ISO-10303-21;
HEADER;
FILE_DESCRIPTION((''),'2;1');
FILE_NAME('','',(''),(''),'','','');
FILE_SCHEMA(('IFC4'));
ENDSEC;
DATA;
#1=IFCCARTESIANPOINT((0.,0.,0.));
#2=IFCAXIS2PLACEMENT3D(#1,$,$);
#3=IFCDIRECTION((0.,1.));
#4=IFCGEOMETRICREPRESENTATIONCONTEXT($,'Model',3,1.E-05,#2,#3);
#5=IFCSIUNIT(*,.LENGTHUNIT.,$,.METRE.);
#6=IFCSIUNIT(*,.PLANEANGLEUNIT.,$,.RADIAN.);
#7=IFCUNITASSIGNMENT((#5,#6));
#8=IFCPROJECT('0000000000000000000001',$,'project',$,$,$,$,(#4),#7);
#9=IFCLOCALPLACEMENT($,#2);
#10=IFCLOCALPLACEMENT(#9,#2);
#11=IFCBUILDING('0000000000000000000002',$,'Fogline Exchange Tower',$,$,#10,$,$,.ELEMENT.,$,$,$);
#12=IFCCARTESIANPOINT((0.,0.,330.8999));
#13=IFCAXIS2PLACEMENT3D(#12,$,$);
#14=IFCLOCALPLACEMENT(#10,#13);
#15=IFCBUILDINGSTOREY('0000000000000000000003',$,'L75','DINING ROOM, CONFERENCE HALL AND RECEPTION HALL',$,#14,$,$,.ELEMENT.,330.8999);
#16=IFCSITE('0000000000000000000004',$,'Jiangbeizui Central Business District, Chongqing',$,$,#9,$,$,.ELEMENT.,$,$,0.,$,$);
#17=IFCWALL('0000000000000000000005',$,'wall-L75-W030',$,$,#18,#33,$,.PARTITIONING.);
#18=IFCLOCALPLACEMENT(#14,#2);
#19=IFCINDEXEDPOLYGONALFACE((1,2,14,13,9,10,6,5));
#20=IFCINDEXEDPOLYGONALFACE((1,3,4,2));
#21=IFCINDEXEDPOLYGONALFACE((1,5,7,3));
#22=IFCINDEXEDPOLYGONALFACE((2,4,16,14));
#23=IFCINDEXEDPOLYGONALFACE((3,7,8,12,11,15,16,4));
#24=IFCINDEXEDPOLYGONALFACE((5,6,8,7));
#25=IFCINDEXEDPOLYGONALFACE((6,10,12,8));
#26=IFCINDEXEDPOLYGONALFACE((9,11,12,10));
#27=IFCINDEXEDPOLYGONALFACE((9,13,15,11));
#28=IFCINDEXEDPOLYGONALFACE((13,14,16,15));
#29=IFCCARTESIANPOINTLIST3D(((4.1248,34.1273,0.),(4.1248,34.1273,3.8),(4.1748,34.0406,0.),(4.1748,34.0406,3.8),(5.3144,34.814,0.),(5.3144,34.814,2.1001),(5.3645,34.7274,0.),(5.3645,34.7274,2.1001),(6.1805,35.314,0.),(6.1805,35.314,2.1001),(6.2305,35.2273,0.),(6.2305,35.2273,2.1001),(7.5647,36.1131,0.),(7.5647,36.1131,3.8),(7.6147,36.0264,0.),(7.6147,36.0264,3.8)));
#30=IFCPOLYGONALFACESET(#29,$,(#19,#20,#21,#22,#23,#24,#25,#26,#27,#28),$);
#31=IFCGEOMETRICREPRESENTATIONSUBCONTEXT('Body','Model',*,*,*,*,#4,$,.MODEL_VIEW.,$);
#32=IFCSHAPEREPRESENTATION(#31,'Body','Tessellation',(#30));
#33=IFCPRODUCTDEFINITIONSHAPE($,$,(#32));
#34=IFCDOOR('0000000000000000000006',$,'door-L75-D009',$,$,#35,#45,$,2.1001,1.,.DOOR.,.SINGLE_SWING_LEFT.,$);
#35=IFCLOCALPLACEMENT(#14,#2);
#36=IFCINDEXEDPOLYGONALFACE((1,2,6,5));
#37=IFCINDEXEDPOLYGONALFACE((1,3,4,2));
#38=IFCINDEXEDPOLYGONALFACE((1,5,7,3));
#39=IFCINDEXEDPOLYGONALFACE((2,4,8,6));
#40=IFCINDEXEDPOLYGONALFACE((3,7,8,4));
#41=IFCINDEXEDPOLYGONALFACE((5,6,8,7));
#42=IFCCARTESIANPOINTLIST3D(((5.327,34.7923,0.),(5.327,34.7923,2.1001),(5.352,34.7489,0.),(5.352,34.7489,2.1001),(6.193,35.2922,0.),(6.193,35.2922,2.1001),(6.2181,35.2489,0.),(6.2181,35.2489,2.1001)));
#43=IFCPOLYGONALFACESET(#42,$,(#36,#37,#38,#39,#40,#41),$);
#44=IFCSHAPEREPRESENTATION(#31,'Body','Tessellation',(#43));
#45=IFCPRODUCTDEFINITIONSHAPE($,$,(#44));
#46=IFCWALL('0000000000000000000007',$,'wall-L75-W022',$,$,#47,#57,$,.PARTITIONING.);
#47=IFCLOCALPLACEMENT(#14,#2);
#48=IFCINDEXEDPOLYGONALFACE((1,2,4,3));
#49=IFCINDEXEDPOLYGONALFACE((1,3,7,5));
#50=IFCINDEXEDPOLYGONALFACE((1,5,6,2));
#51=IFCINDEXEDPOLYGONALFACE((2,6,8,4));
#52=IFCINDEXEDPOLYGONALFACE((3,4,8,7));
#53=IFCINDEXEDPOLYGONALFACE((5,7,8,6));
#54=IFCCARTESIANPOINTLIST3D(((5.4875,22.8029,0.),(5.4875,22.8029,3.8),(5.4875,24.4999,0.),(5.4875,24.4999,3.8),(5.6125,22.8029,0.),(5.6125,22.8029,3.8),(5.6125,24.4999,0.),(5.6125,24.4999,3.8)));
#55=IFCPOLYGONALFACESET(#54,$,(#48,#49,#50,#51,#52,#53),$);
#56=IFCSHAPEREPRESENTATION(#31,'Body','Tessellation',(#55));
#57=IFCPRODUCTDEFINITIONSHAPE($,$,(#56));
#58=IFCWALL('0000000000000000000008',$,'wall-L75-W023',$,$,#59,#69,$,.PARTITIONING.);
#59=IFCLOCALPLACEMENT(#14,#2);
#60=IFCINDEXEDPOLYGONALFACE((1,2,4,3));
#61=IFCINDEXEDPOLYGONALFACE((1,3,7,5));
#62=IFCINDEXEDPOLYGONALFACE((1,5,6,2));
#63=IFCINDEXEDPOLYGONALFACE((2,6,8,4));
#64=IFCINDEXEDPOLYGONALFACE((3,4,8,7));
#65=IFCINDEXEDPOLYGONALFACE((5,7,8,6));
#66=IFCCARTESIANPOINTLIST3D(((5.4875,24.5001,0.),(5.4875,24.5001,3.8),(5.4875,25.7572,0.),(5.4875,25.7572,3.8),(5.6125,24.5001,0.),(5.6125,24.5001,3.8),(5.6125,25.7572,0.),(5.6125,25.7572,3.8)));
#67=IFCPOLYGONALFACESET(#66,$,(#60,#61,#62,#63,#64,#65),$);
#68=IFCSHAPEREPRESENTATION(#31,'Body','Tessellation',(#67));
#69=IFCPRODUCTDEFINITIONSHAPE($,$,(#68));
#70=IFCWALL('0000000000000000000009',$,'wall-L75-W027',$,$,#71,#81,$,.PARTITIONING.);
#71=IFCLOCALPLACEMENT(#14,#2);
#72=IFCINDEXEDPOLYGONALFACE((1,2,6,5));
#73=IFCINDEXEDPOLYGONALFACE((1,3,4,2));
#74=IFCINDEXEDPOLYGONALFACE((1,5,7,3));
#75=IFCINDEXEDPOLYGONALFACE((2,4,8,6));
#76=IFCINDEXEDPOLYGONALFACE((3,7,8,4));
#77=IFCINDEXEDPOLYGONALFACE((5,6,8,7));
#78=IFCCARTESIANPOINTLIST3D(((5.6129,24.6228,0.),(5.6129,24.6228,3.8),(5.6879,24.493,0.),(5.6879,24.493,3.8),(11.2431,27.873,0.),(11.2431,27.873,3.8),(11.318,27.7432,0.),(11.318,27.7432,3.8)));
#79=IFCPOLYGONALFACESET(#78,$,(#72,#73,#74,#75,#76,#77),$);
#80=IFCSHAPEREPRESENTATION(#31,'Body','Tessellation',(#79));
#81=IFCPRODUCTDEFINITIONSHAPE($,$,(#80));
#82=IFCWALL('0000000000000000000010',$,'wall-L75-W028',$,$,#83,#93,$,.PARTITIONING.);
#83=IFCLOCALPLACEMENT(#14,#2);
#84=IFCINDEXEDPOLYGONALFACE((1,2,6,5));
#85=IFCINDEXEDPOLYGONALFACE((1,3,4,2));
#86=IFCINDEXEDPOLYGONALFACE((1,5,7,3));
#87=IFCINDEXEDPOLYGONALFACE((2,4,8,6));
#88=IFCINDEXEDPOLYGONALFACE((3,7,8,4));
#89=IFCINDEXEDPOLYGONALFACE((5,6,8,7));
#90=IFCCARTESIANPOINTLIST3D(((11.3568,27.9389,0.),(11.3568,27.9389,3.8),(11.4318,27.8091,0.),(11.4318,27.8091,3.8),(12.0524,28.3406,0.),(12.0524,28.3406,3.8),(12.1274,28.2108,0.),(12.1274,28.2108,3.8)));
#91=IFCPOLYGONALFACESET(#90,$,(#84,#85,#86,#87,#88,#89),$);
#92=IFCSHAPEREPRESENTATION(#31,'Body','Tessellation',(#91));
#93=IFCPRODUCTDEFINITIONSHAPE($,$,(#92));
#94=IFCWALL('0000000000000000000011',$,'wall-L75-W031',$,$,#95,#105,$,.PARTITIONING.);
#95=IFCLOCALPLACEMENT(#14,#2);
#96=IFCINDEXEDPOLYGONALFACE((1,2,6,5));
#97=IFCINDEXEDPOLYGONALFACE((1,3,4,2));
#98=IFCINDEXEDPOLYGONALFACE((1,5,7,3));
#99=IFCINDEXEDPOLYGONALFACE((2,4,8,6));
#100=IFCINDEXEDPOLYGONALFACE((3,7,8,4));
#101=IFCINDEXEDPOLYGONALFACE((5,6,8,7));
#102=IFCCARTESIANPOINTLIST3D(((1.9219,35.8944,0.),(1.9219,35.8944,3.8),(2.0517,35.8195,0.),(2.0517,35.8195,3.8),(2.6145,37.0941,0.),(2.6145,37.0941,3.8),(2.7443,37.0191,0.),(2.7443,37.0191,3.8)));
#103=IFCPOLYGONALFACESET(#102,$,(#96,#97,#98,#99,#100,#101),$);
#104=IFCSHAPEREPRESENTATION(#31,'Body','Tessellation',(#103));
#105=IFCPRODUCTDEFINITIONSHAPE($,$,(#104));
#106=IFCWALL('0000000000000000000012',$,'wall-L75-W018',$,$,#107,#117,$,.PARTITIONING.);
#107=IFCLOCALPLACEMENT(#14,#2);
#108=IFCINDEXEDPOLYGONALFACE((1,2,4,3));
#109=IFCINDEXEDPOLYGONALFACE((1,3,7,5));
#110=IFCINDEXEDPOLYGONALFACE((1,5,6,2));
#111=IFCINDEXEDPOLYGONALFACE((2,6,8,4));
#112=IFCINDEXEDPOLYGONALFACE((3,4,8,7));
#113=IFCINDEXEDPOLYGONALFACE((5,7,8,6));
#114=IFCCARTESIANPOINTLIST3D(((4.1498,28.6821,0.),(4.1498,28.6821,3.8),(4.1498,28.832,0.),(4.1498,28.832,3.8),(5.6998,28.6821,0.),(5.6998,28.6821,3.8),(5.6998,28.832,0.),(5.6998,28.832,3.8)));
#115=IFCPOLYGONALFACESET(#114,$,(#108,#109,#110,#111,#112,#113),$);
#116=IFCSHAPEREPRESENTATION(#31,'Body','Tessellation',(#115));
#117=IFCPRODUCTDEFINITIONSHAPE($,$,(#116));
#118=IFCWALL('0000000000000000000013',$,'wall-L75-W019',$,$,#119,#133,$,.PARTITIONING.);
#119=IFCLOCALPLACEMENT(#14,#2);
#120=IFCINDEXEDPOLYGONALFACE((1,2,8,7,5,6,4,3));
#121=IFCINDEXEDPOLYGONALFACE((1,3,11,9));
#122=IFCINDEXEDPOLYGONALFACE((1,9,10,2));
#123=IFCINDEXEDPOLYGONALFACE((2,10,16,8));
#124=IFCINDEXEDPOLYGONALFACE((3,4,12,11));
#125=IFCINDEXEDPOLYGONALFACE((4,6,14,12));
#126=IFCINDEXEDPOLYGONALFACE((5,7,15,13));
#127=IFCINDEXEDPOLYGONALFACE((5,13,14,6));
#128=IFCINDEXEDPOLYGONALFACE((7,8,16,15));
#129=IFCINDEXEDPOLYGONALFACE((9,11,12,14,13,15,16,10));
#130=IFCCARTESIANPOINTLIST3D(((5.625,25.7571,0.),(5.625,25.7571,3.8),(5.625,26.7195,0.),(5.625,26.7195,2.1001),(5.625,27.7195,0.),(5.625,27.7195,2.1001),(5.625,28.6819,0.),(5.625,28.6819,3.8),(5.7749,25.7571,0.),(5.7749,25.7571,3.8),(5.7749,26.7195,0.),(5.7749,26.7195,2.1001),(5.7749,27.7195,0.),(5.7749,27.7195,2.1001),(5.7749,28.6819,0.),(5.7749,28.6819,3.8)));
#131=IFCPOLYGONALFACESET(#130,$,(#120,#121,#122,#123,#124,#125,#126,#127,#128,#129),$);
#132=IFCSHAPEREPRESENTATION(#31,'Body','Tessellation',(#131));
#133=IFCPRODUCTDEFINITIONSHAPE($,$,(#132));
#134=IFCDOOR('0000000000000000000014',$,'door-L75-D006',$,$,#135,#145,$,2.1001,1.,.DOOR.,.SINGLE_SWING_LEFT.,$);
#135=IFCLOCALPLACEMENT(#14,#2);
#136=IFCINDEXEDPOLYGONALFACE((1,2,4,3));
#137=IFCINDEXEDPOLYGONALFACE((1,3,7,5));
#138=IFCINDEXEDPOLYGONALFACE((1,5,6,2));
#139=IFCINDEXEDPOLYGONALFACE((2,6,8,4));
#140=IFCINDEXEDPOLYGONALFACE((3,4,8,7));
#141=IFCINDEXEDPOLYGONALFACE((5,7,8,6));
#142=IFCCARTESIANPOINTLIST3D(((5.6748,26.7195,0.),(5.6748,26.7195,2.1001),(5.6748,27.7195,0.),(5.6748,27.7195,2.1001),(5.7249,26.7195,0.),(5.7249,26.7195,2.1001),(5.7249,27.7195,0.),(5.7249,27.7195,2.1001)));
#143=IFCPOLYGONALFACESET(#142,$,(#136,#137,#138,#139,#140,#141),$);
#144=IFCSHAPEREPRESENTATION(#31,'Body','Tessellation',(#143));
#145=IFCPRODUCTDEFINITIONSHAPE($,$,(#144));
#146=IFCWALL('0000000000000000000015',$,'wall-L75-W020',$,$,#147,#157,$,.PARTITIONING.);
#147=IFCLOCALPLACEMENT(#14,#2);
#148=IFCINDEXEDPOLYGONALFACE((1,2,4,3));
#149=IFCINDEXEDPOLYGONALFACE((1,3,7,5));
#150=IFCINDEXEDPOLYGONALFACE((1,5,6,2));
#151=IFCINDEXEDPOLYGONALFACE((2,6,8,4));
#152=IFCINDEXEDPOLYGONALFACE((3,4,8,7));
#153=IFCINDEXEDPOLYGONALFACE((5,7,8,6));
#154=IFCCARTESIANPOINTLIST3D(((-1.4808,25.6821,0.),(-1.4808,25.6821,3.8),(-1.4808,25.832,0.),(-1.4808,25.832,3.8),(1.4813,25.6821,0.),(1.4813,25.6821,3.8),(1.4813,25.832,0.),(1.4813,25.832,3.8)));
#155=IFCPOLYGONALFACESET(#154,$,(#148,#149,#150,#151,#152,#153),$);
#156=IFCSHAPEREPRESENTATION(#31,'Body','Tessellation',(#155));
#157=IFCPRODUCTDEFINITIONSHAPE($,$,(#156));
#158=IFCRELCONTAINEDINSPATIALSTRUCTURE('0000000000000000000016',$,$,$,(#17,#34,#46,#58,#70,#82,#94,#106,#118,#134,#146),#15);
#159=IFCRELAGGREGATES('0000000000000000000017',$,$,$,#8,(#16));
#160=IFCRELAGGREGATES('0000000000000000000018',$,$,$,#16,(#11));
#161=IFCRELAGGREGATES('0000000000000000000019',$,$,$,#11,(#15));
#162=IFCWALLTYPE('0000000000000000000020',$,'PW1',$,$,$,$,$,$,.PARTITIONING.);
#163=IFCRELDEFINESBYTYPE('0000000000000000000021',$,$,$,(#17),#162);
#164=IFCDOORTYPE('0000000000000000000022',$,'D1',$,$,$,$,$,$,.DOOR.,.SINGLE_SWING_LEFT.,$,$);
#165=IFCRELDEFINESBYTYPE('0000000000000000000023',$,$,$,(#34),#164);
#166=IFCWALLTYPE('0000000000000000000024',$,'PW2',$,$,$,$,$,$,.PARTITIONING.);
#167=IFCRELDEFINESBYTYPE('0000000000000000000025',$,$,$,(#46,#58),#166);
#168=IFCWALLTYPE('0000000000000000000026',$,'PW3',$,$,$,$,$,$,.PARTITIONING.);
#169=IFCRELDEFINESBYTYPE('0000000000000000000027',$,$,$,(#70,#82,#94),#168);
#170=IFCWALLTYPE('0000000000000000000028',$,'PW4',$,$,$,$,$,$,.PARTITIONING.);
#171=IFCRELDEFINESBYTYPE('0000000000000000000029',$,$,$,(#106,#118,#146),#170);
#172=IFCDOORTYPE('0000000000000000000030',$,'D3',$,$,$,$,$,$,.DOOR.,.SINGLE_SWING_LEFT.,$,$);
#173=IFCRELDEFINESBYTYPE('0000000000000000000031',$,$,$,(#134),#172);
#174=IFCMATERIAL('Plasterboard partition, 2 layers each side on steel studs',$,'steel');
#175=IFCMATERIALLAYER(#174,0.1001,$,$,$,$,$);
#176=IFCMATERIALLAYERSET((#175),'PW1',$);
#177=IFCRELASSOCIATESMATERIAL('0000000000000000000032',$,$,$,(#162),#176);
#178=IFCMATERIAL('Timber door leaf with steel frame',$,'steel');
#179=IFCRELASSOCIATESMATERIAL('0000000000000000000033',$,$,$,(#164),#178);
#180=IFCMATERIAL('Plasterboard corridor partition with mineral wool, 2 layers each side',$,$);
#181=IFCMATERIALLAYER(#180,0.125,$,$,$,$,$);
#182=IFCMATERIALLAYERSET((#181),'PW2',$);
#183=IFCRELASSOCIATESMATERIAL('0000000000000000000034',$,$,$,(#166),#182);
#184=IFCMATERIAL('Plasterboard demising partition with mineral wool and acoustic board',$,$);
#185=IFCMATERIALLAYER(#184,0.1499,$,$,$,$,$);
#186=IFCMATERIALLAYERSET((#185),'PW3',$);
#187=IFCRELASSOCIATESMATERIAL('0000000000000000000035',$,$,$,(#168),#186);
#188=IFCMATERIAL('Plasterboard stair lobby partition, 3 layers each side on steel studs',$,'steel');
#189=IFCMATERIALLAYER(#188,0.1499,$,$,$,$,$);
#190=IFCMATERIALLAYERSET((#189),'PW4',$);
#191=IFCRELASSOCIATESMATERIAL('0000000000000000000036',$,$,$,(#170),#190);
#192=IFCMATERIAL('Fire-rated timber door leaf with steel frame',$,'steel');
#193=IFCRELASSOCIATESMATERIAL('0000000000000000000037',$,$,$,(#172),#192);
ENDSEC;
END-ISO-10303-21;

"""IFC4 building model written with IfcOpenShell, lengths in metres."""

from ifc_helpers import new_model, si_unit, direction, frame, frame_2d, origin, place, context, subcontext, project, spatial, rectangle, extrude, material, layer, layer_set, type_object, element, fill, save


model = new_model("IFC4")

# Units and contexts
model_context = context("Model", 3, precision=1e-05, world=origin(), true_north=direction((0.0, 1.0)))
body_context = subcontext(model_context, "Body", "Model", "MODEL_VIEW")
ifc_project = project(units=[si_unit("LENGTHUNIT", "METRE"), si_unit("PLANEANGLEUNIT", "RADIAN")], contexts=[model_context])

# Site, building, storey
site_placement = place(None, origin())
site = spatial("IfcSite", under=ifc_project, at=site_placement, Name="Jiangbeizui Central Business District, Chongqing", CompositionType="ELEMENT", RefElevation=0.0)
building_placement = place(site_placement, origin())
building = spatial("IfcBuilding", under=site, at=building_placement, Name="Fogline Exchange Tower", CompositionType="ELEMENT")
storey_placement = place(building_placement, frame((0.0, 0.0, 330.8999)))
storey = spatial("IfcBuildingStorey", under=building, at=storey_placement, Name="L75", Description="DINING ROOM, CONFERENCE HALL AND RECEPTION HALL", CompositionType="ELEMENT", Elevation=330.8999)

# Wall, opening, door
ifc_material_1 = material(Name="Plasterboard partition, 2 layers each side on steel studs", Category="steel")
ifc_layer_1 = layer(ifc_material_1, 0.1001)
ifc_layer_set_1 = layer_set([ifc_layer_1], Name="PW1")
wall_type_1 = type_object("IfcWallType", Name="PW1", PredefinedType="PARTITIONING", material=ifc_layer_set_1)
wall_1_placement = place(storey_placement, frame((4.1499, 34.084, 0.0), z_axis=(0.0, 0.0, 1.0), x_axis=(0.866048, 0.49996, 0.0)))
wall_1 = element("IfcWall", 1, at=wall_1_placement, inside=storey, type_object=wall_type_1, Name="wall-L75-W030", PredefinedType="PARTITIONING", context=body_context, shape_type="SweptSolid", body=[
    extrude(rectangle(XDim=3.9719, YDim=0.1001, at=frame_2d((1.9858, 0.0))), origin(), (0.0, 0.0, 1.0), 3.8),
])
opening_1_placement = place(wall_1_placement, frame((1.3735, 0.0, 0.0)))
opening_1 = element("IfcOpeningElement", 2, at=opening_1_placement, cuts=wall_1, PredefinedType="OPENING", context=body_context, shape_type="SweptSolid", body=[
    extrude(rectangle(XDim=1.0, YDim=2.1001, at=frame_2d((0.5, 1.05))), frame((0.0, 0.0601, 0.0), z_axis=(0.0, -1.0, 0.0), x_axis=(1.0, 0.0, 0.0)), (0.0, 0.0, 1.0), 0.1201),
])
ifc_material_2 = material(Name="Timber door leaf with steel frame", Category="steel")
door_type_1 = type_object("IfcDoorType", Name="D1", OperationType="SINGLE_SWING_LEFT", PredefinedType="DOOR", material=ifc_material_2)
door_1_placement = place(opening_1_placement, origin())
door_1 = element("IfcDoor", 3, at=door_1_placement, inside=storey, type_object=door_type_1, Name="door-L75-D009", OperationType="SINGLE_SWING_LEFT", OverallHeight=2.1001, OverallWidth=1.0, PredefinedType="DOOR", context=body_context, shape_type="SweptSolid", body=[
    extrude(rectangle(XDim=1.0, YDim=2.1001, at=frame_2d((0.5, 1.05))), frame((0.0, 0.0249, 0.0), z_axis=(0.0, -1.0, 0.0), x_axis=(1.0, 0.0, 0.0)), (0.0, 0.0, 1.0), 0.05),
])
fill(opening_1, door_1)

# Walls
ifc_material_3 = material(Name="Plasterboard corridor partition with mineral wool, 2 layers each side")
ifc_layer_2 = layer(ifc_material_3, 0.125)
ifc_layer_set_2 = layer_set([ifc_layer_2], Name="PW2")
wall_type_2 = type_object("IfcWallType", Name="PW2", PredefinedType="PARTITIONING", material=ifc_layer_set_2)
wall_2_placement = place(storey_placement, frame((5.55, 24.5, 0.0), z_axis=(0.0, 0.0, 1.0), x_axis=(0.0, -1.0, 0.0)))
element("IfcWall", 4, at=wall_2_placement, inside=storey, type_object=wall_type_2, Name="wall-L75-W022", PredefinedType="PARTITIONING", context=body_context, shape_type="SweptSolid", body=[
    extrude(rectangle(XDim=1.697, YDim=0.125, at=frame_2d((0.8486, 0.0))), origin(), (0.0, 0.0, 1.0), 3.8),
])
wall_3_placement = place(storey_placement, frame((5.55, 25.7571, 0.0), z_axis=(0.0, 0.0, 1.0), x_axis=(0.0, -1.0, 0.0)))
element("IfcWall", 5, at=wall_3_placement, inside=storey, type_object=wall_type_2, Name="wall-L75-W023", PredefinedType="PARTITIONING", context=body_context, shape_type="SweptSolid", body=[
    extrude(rectangle(XDim=1.2571, YDim=0.125, at=frame_2d((0.6284, 0.0))), origin(), (0.0, 0.0, 1.0), 3.8),
])
ifc_material_4 = material(Name="Plasterboard demising partition with mineral wool and acoustic board")
ifc_layer_3 = layer(ifc_material_4, 0.1499)
ifc_layer_set_3 = layer_set([ifc_layer_3], Name="PW3")
wall_type_3 = type_object("IfcWallType", Name="PW3", PredefinedType="PARTITIONING", material=ifc_layer_set_3)
wall_4_placement = place(storey_placement, frame((5.6504, 24.5579, 0.0), z_axis=(0.0, 0.0, 1.0), x_axis=(0.866046, 0.499964, 0.0)))
element("IfcWall", 6, at=wall_4_placement, inside=storey, type_object=wall_type_3, Name="wall-L75-W027", PredefinedType="PARTITIONING", context=body_context, shape_type="SweptSolid", body=[
    extrude(rectangle(XDim=6.501, YDim=0.1499, at=frame_2d((3.2505, 0.0))), origin(), (0.0, 0.0, 1.0), 3.8),
])
wall_5_placement = place(storey_placement, frame((11.3943, 27.874, 0.0), z_axis=(0.0, 0.0, 1.0), x_axis=(0.866008, 0.500029, 0.0)))
element("IfcWall", 7, at=wall_5_placement, inside=storey, type_object=wall_type_3, Name="wall-L75-W028", PredefinedType="PARTITIONING", context=body_context, shape_type="SweptSolid", body=[
    extrude(rectangle(XDim=0.8032, YDim=0.1499, at=frame_2d((0.4016, 0.0))), origin(), (0.0, 0.0, 1.0), 3.8),
])
wall_6_placement = place(storey_placement, frame((1.9868, 35.8569, 0.0), z_axis=(0.0, 0.0, 1.0), x_axis=(0.499987, 0.866033, 0.0)))
element("IfcWall", 8, at=wall_6_placement, inside=storey, type_object=wall_type_3, Name="wall-L75-W031", PredefinedType="PARTITIONING", context=body_context, shape_type="SweptSolid", body=[
    extrude(rectangle(XDim=1.3853, YDim=0.1499, at=frame_2d((0.6926, 0.0))), origin(), (0.0, 0.0, 1.0), 3.8),
])
ifc_material_5 = material(Name="Plasterboard stair lobby partition, 3 layers each side on steel studs", Category="steel")
ifc_layer_4 = layer(ifc_material_5, 0.1499)
ifc_layer_set_4 = layer_set([ifc_layer_4], Name="PW4")
wall_type_4 = type_object("IfcWallType", Name="PW4", PredefinedType="PARTITIONING", material=ifc_layer_set_4)
wall_7_placement = place(storey_placement, frame((4.1499, 28.7571, 0.0), z_axis=(0.0, 0.0, 1.0), x_axis=(1.0, 0.0, 0.0)))
element("IfcWall", 9, at=wall_7_placement, inside=storey, type_object=wall_type_4, Name="wall-L75-W018", PredefinedType="PARTITIONING", context=body_context, shape_type="SweptSolid", body=[
    extrude(rectangle(XDim=1.55, YDim=0.1499, at=frame_2d((0.7749, 0.0))), origin(), (0.0, 0.0, 1.0), 3.8),
])

# Wall, opening, door
wall_8_placement = place(storey_placement, frame((5.7, 28.6819, 0.0), z_axis=(0.0, 0.0, 1.0), x_axis=(0.0, -1.0, 0.0)))
wall_8 = element("IfcWall", 10, at=wall_8_placement, inside=storey, type_object=wall_type_4, Name="wall-L75-W019", PredefinedType="PARTITIONING", context=body_context, shape_type="SweptSolid", body=[
    extrude(rectangle(XDim=2.9248, YDim=0.1499, at=frame_2d((1.4624, 0.0))), origin(), (0.0, 0.0, 1.0), 3.8),
])
opening_2_placement = place(wall_8_placement, frame((0.9624, 0.0, 0.0)))
opening_2 = element("IfcOpeningElement", 11, at=opening_2_placement, cuts=wall_8, PredefinedType="OPENING", context=body_context, shape_type="SweptSolid", body=[
    extrude(rectangle(XDim=1.0, YDim=2.1001, at=frame_2d((0.5, 1.05))), frame((0.0, 0.085, 0.0), z_axis=(0.0, -1.0, 0.0), x_axis=(1.0, 0.0, 0.0)), (0.0, 0.0, 1.0), 0.1699),
])
ifc_material_6 = material(Name="Fire-rated timber door leaf with steel frame", Category="steel")
door_type_2 = type_object("IfcDoorType", Name="D3", OperationType="SINGLE_SWING_LEFT", PredefinedType="DOOR", material=ifc_material_6)
door_2_placement = place(opening_2_placement, origin())
door_2 = element("IfcDoor", 12, at=door_2_placement, inside=storey, type_object=door_type_2, Name="door-L75-D006", OperationType="SINGLE_SWING_LEFT", OverallHeight=2.1001, OverallWidth=1.0, PredefinedType="DOOR", context=body_context, shape_type="SweptSolid", body=[
    extrude(rectangle(XDim=1.0, YDim=2.1001, at=frame_2d((0.5, 1.05))), frame((0.0, 0.0249, 0.0), z_axis=(0.0, -1.0, 0.0), x_axis=(1.0, 0.0, 0.0)), (0.0, 0.0, 1.0), 0.05),
])
fill(opening_2, door_2)

# Wall
wall_9_placement = place(storey_placement, frame((1.4812, 25.7571, 0.0), z_axis=(0.0, 0.0, 1.0), x_axis=(-1.0, 0.0, 0.0)))
element("IfcWall", 13, at=wall_9_placement, inside=storey, type_object=wall_type_4, Name="wall-L75-W020", PredefinedType="PARTITIONING", context=body_context, shape_type="SweptSolid", body=[
    extrude(rectangle(XDim=2.9622, YDim=0.1499, at=frame_2d((1.481, 0.0))), origin(), (0.0, 0.0, 1.0), 3.8),
])

save(model, "model.ifc")
